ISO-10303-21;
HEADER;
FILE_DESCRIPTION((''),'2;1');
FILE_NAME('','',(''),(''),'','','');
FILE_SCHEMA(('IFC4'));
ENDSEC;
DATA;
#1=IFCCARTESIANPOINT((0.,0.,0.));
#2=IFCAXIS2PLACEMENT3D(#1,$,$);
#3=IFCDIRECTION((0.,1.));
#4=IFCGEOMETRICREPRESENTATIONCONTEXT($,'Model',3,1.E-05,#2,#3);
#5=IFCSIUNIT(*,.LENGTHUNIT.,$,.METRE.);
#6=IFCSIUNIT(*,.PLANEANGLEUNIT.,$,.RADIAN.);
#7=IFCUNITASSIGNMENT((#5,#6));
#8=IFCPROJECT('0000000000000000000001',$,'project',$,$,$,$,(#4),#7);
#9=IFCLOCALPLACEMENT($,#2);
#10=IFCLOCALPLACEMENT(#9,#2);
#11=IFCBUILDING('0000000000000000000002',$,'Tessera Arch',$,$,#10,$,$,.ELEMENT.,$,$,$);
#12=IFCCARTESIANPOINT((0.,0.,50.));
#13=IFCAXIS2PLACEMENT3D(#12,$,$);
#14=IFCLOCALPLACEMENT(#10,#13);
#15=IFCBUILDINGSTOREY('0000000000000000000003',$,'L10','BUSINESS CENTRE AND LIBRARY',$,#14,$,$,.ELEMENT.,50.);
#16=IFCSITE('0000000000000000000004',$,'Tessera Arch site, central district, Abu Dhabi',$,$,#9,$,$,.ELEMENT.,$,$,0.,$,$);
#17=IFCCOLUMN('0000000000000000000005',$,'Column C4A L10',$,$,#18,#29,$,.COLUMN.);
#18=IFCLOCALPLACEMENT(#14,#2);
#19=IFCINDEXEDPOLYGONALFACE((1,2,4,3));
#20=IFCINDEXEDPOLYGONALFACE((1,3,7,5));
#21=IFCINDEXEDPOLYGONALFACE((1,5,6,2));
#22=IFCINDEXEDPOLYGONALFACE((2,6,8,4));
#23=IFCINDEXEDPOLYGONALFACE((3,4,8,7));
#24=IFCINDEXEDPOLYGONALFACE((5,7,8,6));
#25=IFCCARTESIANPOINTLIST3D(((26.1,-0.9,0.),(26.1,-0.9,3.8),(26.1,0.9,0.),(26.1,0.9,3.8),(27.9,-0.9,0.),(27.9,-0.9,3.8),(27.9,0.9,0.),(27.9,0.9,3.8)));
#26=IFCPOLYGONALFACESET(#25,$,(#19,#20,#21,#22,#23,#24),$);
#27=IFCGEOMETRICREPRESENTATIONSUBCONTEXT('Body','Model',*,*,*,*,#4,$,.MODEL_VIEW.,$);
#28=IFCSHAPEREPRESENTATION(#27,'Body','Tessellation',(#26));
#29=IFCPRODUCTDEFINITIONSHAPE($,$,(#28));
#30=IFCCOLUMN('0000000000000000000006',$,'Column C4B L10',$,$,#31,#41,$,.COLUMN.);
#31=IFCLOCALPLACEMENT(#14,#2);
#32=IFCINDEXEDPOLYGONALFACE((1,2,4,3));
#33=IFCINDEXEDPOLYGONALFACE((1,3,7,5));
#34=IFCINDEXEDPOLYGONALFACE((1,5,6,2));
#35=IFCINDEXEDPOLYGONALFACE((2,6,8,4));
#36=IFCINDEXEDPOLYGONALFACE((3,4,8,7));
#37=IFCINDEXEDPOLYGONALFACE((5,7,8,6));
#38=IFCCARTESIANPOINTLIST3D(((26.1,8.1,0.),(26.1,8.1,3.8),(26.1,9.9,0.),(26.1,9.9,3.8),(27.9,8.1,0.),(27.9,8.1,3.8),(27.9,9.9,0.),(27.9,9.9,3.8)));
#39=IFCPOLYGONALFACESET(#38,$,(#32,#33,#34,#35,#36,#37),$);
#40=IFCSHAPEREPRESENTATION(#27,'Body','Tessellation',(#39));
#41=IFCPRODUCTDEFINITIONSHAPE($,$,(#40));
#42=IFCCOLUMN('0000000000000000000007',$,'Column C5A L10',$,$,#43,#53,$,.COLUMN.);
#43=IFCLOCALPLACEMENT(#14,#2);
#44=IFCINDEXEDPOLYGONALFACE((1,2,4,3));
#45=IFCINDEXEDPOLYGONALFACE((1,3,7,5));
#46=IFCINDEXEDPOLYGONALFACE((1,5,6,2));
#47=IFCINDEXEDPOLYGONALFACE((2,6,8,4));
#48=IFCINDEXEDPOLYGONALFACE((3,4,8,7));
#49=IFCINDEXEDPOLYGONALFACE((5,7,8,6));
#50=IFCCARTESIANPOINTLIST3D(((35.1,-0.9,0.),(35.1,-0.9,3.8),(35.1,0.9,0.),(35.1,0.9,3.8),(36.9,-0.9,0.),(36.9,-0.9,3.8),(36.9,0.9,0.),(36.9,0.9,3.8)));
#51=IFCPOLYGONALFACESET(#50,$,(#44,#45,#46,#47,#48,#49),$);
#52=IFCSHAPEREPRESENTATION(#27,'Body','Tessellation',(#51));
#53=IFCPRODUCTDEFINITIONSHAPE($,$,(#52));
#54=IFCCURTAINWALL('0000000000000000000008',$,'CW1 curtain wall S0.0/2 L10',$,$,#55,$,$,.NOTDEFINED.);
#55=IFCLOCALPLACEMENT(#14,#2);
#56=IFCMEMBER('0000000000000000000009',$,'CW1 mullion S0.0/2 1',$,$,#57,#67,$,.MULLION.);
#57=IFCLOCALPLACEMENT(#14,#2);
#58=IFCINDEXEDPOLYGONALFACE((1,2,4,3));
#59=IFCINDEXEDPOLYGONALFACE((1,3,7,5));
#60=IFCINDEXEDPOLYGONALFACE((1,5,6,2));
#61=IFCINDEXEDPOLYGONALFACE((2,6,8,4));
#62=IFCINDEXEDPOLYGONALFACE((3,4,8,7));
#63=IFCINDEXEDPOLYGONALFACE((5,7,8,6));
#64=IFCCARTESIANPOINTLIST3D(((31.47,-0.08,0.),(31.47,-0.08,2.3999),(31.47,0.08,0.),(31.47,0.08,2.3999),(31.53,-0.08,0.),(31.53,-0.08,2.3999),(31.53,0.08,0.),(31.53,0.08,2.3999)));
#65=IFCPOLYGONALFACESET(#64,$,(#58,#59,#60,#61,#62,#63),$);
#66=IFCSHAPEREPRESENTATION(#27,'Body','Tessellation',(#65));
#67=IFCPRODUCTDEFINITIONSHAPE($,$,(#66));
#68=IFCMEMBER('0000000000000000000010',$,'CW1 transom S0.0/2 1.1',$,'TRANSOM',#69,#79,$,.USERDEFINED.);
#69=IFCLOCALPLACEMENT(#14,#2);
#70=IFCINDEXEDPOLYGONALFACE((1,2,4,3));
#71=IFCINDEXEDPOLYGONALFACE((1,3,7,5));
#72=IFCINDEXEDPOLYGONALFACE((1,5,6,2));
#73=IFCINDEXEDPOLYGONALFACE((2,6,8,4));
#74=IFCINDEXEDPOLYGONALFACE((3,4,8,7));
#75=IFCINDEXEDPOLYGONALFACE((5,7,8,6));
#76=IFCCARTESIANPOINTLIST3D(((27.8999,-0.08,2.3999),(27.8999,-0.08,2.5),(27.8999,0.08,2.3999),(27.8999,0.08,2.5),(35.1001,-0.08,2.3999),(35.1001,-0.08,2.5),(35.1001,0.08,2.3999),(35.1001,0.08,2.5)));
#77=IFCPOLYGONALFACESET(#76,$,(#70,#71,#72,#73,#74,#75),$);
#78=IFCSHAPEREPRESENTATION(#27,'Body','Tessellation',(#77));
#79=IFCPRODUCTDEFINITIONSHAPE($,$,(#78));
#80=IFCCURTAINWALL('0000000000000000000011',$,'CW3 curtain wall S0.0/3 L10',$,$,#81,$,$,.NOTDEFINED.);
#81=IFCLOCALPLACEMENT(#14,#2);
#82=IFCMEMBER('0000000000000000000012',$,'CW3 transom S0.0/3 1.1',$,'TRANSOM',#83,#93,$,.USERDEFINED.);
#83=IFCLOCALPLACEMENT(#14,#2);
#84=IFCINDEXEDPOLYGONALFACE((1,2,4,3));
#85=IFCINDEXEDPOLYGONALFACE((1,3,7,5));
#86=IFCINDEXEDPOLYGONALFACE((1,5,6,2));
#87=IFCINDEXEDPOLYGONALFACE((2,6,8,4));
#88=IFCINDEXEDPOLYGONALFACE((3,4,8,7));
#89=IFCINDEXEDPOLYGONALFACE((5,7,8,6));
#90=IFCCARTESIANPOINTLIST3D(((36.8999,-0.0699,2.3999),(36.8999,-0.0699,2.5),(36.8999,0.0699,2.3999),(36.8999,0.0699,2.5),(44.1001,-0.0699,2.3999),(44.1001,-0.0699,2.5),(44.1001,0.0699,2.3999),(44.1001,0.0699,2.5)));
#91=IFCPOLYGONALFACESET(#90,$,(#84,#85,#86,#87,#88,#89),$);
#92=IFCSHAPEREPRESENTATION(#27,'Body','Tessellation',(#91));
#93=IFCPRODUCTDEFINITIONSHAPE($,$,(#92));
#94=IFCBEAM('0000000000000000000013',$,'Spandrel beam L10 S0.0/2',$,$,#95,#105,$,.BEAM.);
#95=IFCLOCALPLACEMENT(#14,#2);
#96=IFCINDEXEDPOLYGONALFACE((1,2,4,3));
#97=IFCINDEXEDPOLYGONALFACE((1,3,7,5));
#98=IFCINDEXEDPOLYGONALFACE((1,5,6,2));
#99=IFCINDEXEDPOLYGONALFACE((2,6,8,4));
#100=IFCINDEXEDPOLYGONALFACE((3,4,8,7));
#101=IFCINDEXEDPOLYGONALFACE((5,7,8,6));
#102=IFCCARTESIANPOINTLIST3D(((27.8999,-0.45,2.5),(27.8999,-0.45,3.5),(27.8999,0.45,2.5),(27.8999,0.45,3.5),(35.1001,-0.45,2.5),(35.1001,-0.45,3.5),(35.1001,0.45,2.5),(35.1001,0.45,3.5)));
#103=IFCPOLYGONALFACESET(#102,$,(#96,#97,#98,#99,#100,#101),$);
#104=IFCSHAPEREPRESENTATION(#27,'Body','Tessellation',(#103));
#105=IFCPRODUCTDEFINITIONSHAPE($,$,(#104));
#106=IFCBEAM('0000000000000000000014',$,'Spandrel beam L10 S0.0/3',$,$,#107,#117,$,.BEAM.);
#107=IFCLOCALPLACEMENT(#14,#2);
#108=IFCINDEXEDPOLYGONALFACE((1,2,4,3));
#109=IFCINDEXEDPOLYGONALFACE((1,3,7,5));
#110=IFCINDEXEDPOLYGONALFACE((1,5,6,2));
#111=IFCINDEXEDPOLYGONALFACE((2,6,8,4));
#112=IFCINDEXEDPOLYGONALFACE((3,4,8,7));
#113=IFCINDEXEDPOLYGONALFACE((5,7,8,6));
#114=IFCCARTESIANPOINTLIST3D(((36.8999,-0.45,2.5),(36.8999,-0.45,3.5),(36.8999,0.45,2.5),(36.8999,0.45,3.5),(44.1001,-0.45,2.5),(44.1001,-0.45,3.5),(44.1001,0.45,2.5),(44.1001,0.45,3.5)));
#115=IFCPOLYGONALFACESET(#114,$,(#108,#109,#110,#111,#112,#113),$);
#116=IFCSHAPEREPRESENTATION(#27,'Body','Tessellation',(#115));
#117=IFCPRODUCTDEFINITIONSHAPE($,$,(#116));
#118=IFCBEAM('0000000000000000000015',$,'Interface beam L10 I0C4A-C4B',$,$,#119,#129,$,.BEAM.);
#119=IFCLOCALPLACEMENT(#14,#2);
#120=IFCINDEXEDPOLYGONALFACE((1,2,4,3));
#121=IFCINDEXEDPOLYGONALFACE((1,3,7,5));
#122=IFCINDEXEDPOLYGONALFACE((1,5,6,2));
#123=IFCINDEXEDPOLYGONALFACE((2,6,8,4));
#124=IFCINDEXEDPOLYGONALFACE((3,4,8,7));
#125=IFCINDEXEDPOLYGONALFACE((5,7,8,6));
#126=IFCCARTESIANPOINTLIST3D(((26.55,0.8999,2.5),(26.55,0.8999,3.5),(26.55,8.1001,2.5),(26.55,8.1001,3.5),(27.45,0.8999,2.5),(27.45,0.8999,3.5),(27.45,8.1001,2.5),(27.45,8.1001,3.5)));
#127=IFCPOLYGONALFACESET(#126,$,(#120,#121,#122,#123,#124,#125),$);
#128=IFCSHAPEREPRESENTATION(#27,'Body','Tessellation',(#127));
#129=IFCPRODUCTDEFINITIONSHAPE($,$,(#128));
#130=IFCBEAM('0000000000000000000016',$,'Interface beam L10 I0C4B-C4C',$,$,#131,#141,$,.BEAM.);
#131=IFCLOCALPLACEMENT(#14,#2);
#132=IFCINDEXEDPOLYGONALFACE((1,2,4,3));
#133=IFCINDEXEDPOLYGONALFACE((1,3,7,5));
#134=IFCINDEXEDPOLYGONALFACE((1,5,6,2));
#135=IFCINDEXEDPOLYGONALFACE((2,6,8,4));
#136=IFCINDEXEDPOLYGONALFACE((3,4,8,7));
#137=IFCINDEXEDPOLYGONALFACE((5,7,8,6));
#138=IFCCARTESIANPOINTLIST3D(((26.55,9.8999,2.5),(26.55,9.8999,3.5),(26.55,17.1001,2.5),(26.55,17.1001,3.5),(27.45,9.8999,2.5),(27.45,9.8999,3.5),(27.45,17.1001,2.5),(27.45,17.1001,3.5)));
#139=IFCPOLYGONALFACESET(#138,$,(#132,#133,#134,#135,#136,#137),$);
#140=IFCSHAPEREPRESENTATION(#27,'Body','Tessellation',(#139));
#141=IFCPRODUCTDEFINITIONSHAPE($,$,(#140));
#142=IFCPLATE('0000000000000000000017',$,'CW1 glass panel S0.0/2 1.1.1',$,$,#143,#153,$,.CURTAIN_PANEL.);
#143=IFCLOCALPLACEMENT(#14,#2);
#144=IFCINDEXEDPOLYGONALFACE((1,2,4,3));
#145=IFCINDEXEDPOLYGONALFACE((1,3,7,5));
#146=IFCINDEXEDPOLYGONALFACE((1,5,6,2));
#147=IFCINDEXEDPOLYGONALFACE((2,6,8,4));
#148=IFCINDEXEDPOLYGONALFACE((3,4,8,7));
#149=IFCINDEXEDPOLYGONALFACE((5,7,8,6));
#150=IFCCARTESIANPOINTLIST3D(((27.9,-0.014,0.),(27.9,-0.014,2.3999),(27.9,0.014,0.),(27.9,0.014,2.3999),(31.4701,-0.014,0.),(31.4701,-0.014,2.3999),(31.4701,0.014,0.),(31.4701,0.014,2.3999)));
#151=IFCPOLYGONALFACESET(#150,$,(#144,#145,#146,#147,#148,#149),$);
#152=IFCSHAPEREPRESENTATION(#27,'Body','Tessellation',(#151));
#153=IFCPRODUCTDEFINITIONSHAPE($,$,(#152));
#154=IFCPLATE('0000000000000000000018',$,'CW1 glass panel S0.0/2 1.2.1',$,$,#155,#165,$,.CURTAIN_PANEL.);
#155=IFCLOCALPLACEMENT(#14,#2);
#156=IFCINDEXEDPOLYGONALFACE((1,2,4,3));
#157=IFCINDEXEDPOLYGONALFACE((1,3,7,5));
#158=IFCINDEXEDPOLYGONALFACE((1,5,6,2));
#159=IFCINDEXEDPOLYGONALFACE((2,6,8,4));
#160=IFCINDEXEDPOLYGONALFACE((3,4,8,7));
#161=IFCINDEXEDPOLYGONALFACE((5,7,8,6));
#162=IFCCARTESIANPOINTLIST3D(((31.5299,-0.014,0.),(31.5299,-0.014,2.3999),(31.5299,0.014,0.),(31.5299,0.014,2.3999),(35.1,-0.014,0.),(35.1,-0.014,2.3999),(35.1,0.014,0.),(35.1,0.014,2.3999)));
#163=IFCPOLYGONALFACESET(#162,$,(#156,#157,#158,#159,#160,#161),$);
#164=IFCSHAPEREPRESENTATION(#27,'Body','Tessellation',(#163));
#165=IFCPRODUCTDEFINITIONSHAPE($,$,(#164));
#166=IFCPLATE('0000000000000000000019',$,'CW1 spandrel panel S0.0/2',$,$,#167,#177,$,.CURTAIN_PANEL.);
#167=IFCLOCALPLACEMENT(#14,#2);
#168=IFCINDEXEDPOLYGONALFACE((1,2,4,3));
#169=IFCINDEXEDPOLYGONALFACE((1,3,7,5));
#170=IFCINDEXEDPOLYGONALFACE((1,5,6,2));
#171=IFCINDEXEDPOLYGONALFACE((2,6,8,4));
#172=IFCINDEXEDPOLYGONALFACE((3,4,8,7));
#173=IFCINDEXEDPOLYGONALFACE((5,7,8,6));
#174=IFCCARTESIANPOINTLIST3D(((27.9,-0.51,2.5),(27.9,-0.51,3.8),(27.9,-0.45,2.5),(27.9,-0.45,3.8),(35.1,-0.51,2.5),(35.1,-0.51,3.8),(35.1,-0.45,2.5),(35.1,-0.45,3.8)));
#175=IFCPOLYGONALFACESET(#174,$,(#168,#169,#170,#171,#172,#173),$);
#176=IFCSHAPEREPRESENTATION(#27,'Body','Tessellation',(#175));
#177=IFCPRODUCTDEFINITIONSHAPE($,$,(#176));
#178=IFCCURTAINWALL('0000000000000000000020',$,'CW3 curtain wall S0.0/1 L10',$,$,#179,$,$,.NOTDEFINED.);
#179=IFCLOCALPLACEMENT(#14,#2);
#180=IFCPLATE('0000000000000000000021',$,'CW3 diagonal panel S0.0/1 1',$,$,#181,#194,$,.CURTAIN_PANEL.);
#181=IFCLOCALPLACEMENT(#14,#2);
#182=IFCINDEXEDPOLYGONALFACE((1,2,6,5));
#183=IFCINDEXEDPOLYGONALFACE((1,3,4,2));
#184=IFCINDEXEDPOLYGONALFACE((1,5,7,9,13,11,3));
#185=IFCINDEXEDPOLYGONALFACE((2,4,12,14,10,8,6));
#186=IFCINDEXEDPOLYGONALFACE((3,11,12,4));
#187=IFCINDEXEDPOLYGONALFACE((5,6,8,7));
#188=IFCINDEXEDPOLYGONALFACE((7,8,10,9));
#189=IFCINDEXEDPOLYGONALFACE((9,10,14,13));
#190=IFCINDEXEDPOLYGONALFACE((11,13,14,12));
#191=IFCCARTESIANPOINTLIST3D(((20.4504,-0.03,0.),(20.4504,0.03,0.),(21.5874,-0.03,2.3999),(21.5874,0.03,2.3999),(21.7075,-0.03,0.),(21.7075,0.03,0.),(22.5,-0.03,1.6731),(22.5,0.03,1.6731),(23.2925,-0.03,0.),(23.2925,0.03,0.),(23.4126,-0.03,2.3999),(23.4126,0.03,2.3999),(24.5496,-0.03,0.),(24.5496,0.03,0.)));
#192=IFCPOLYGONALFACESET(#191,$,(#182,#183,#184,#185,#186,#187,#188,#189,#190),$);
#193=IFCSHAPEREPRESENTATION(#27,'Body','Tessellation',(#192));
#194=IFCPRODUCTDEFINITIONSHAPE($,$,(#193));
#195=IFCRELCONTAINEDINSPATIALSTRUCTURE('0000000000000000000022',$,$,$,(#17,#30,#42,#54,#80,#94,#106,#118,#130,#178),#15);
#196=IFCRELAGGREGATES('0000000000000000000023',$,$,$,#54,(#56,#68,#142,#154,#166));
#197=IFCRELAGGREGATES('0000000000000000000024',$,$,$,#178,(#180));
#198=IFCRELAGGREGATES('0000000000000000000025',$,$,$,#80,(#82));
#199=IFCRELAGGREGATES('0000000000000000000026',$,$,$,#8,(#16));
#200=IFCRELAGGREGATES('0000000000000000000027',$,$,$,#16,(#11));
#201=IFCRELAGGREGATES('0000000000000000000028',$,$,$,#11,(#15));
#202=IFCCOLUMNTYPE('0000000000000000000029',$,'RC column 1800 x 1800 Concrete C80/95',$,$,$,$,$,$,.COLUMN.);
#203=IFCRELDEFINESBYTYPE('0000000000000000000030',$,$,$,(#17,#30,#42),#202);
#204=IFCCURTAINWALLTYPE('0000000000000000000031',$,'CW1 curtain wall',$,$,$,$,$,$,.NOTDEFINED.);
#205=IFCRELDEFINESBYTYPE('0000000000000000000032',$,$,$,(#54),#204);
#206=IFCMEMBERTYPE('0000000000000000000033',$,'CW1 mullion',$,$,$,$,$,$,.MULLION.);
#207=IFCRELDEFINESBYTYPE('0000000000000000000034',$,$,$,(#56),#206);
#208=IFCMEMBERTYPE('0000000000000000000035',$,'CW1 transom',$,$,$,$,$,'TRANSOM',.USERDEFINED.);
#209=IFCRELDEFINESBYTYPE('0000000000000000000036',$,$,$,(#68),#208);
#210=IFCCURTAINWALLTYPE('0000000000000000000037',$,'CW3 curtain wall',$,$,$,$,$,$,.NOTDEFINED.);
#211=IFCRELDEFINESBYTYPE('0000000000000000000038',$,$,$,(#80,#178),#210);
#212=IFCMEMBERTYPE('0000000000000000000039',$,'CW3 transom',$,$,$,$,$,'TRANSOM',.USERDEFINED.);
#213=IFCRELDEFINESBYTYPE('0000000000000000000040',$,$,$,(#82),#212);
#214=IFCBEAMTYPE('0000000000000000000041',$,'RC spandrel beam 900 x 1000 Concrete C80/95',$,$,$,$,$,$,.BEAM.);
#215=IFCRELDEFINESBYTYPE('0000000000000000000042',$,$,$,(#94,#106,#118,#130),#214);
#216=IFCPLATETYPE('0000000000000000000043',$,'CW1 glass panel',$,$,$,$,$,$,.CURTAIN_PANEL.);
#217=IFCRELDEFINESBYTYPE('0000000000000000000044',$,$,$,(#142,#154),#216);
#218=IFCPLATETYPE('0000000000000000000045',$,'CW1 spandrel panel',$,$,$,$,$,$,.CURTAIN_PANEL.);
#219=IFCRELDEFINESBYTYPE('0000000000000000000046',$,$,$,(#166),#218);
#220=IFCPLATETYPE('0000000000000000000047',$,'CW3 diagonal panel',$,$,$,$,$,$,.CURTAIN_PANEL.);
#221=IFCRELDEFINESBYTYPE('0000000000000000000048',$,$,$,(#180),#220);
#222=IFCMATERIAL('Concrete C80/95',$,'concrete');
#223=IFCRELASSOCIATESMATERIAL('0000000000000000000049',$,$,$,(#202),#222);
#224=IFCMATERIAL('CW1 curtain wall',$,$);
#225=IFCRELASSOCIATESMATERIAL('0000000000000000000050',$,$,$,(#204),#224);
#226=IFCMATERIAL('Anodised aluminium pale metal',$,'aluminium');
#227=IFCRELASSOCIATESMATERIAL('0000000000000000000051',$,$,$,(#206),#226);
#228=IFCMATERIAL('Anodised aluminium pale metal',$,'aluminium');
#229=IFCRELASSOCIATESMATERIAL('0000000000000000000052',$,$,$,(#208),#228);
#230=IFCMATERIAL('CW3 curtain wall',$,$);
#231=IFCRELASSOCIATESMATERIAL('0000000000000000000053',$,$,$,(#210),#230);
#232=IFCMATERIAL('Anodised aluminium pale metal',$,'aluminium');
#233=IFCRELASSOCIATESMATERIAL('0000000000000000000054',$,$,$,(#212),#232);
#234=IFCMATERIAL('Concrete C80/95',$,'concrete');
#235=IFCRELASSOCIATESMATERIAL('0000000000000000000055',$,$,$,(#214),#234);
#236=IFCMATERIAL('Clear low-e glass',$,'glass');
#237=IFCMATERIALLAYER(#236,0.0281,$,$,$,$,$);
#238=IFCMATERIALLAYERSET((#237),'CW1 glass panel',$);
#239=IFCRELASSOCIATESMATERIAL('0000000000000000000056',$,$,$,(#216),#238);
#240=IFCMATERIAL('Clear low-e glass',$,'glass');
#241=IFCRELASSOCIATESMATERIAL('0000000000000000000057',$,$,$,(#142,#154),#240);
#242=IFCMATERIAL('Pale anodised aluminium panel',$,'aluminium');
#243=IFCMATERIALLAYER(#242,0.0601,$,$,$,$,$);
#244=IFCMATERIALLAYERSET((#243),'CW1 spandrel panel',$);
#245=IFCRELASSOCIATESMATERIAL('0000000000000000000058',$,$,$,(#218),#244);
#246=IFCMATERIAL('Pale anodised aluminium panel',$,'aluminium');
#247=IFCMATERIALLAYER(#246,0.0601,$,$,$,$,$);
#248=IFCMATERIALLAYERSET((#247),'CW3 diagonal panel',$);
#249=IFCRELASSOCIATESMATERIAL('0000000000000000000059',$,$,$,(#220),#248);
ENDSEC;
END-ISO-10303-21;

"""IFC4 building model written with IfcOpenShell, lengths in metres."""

from ifc_helpers import new_model, si_unit, direction, frame, origin, origin_2d, place, context, subcontext, project, spatial, polyline, rectangle, outline, extrude, material, layer, layer_set, material_profile, profile_set, type_object, element, aggregate, save


model = new_model("IFC4")

# Units and contexts
model_context = context("Model", 3, precision=1e-05, world=origin(), true_north=direction((0.0, 1.0)))
body_context = subcontext(model_context, "Body", "Model", "MODEL_VIEW")
ifc_project = project(units=[si_unit("LENGTHUNIT", "METRE"), si_unit("PLANEANGLEUNIT", "RADIAN")], contexts=[model_context])

# Site, building, storey
site_placement = place(None, origin())
site = spatial("IfcSite", under=ifc_project, at=site_placement, Name="Tessera Arch site, central district, Abu Dhabi", CompositionType="ELEMENT", RefElevation=0.0)
building_placement = place(site_placement, origin())
building = spatial("IfcBuilding", under=site, at=building_placement, Name="Tessera Arch", CompositionType="ELEMENT")
storey_placement = place(building_placement, frame((0.0, 0.0, 50.0)))
storey = spatial("IfcBuildingStorey", under=building, at=storey_placement, Name="L10", Description="BUSINESS CENTRE AND LIBRARY", CompositionType="ELEMENT", Elevation=50.0)

# Columns
ifc_material_1 = material(Name="Concrete C80/95", Category="concrete")
ifc_material_profile_1 = material_profile(ifc_material_1, rectangle(XDim=1.8, YDim=1.8, at=origin_2d()), Name="RC column 1800 x 1800 Concrete C80/95")
ifc_profile_set_1 = profile_set([ifc_material_profile_1], Name="Concrete C80/95")
column_type = type_object("IfcColumnType", Name="RC column 1800 x 1800 Concrete C80/95", PredefinedType="COLUMN", material=ifc_profile_set_1)
for number, where, z_axis, x_axis, name in (
    (1, (27.0, 0.0, 0.0), (0.0, 0.0, 1.0), (1.0, 0.0, 0.0), "Column C4A L10"),
    (2, (27.0, 9.0, 0.0), (0.0, 0.0, 1.0), (1.0, 0.0, 0.0), "Column C4B L10"),
    (3, (36.0, 0.0, 0.0), (0.0, 0.0, 1.0), (1.0, 0.0, 0.0), "Column C5A L10"),
):
    element("IfcColumn", number, at=place(storey_placement, frame(where, z_axis=z_axis, x_axis=x_axis)), inside=storey, type_object=column_type, Name=name, PredefinedType="COLUMN", context=body_context, shape_type="SweptSolid", body=[
        extrude(rectangle(XDim=1.8, YDim=1.8, at=origin_2d()), origin(), (0.0, 0.0, 1.0), 3.8),
    ])

# Curtain wall, members
ifc_material_2 = material(Name="CW1 curtain wall")
curtain_wall_type_1 = type_object("IfcCurtainWallType", Name="CW1 curtain wall", PredefinedType="NOTDEFINED", material=ifc_material_2)
curtain_wall_1_placement = place(storey_placement, origin())
curtain_wall_1 = element("IfcCurtainWall", 4, at=curtain_wall_1_placement, inside=storey, type_object=curtain_wall_type_1, Name="CW1 curtain wall S0.0/2 L10", PredefinedType="NOTDEFINED")
ifc_material_3 = material(Name="Anodised aluminium pale metal", Category="aluminium")
ifc_material_profile_2 = material_profile(ifc_material_3, rectangle(XDim=0.1599, YDim=0.0601, at=origin_2d()), Name="AL 60x160")
ifc_profile_set_2 = profile_set([ifc_material_profile_2], Name="Anodised aluminium pale metal")
member_type_1 = type_object("IfcMemberType", Name="CW1 mullion", PredefinedType="MULLION", material=ifc_profile_set_2)
member_1_placement = place(storey_placement, frame((31.5, 0.0, 0.0), z_axis=(0.0, 0.0, 1.0), x_axis=(0.0, 1.0, 0.0)))
member_1 = element("IfcMember", 5, at=member_1_placement, type_object=member_type_1, Name="CW1 mullion S0.0/2 1", PredefinedType="MULLION", context=body_context, shape_type="SweptSolid", body=[
    extrude(rectangle(XDim=0.1599, YDim=0.0601, at=origin_2d()), origin(), (0.0, 0.0, 1.0), 2.3999),
])
ifc_material_4 = material(Name="Anodised aluminium pale metal", Category="aluminium")
ifc_material_profile_3 = material_profile(ifc_material_4, rectangle(XDim=0.1599, YDim=0.1001, at=origin_2d()), Name="AL 160x100")
ifc_profile_set_3 = profile_set([ifc_material_profile_3], Name="Anodised aluminium pale metal")
member_type_2 = type_object("IfcMemberType", Name="CW1 transom", ElementType="TRANSOM", PredefinedType="USERDEFINED", material=ifc_profile_set_3)
member_2_placement = place(storey_placement, frame((27.8999, 0.0, 2.45), z_axis=(1.0, 0.0, 0.0), x_axis=(0.0, 1.0, 0.0)))
member_2 = element("IfcMember", 6, at=member_2_placement, type_object=member_type_2, Name="CW1 transom S0.0/2 1.1", ObjectType="TRANSOM", PredefinedType="USERDEFINED", context=body_context, shape_type="SweptSolid", body=[
    extrude(rectangle(XDim=0.1599, YDim=0.1001, at=origin_2d()), origin(), (0.0, 0.0, 1.0), 7.2002),
])

# Curtain wall, member
ifc_material_5 = material(Name="CW3 curtain wall")
curtain_wall_type_2 = type_object("IfcCurtainWallType", Name="CW3 curtain wall", PredefinedType="NOTDEFINED", material=ifc_material_5)
curtain_wall_2_placement = place(storey_placement, origin())
curtain_wall_2 = element("IfcCurtainWall", 7, at=curtain_wall_2_placement, inside=storey, type_object=curtain_wall_type_2, Name="CW3 curtain wall S0.0/3 L10", PredefinedType="NOTDEFINED")
ifc_material_6 = material(Name="Anodised aluminium pale metal", Category="aluminium")
ifc_material_profile_4 = material_profile(ifc_material_6, rectangle(XDim=0.1399, YDim=0.1001, at=origin_2d()), Name="AL 140x100")
ifc_profile_set_4 = profile_set([ifc_material_profile_4], Name="Anodised aluminium pale metal")
member_type_3 = type_object("IfcMemberType", Name="CW3 transom", ElementType="TRANSOM", PredefinedType="USERDEFINED", material=ifc_profile_set_4)
member_3_placement = place(storey_placement, frame((36.8999, 0.0, 2.45), z_axis=(1.0, 0.0, 0.0), x_axis=(0.0, 1.0, 0.0)))
member_3 = element("IfcMember", 8, at=member_3_placement, type_object=member_type_3, Name="CW3 transom S0.0/3 1.1", ObjectType="TRANSOM", PredefinedType="USERDEFINED", context=body_context, shape_type="SweptSolid", body=[
    extrude(rectangle(XDim=0.1399, YDim=0.1001, at=origin_2d()), origin(), (0.0, 0.0, 1.0), 7.2002),
])

# Beams
ifc_material_7 = material(Name="Concrete C80/95", Category="concrete")
ifc_material_profile_5 = material_profile(ifc_material_7, rectangle(XDim=0.8999, YDim=1.0, at=origin_2d()), Name="RC spandrel beam 900 x 1000 Concrete C80/95")
ifc_profile_set_5 = profile_set([ifc_material_profile_5], Name="Concrete C80/95")
beam_type = type_object("IfcBeamType", Name="RC spandrel beam 900 x 1000 Concrete C80/95", PredefinedType="BEAM", material=ifc_profile_set_5)
for number, where, z_axis, x_axis, name in (
    (9, (27.8999, 0.0, 3.0), (1.0, 0.0, 0.0), (0.0, 1.0, 0.0), "Spandrel beam L10 S0.0/2"),
    (10, (36.8999, 0.0, 3.0), (1.0, 0.0, 0.0), (0.0, 1.0, 0.0), "Spandrel beam L10 S0.0/3"),
    (11, (27.0, 0.8999, 3.0), (0.0, 1.0, 0.0), (-1.0, 0.0, 0.0), "Interface beam L10 I0C4A-C4B"),
    (12, (27.0, 9.8999, 3.0), (0.0, 1.0, 0.0), (-1.0, 0.0, 0.0), "Interface beam L10 I0C4B-C4C"),
):
    element("IfcBeam", number, at=place(storey_placement, frame(where, z_axis=z_axis, x_axis=x_axis)), inside=storey, type_object=beam_type, Name=name, PredefinedType="BEAM", context=body_context, shape_type="SweptSolid", body=[
        extrude(rectangle(XDim=0.8999, YDim=1.0, at=origin_2d()), origin(), (0.0, 0.0, 1.0), 7.2002),
    ])

# Plates
ifc_material_8 = material(Name="Clear low-e glass", Category="glass")
ifc_material_9 = material(Name="Clear low-e glass", Category="glass")
ifc_layer_1 = layer(ifc_material_9, 0.0281)
ifc_layer_set_1 = layer_set([ifc_layer_1], Name="CW1 glass panel")
plate_type_1 = type_object("IfcPlateType", Name="CW1 glass panel", PredefinedType="CURTAIN_PANEL", material=ifc_layer_set_1)
plate_1_placement = place(storey_placement, frame((29.6851, 0.0, 0.0), z_axis=(0.0, 0.0, 1.0), x_axis=(1.0, 0.0, 0.0)))
plate_1 = element("IfcPlate", 13, at=plate_1_placement, type_object=plate_type_1, material=ifc_material_8, Name="CW1 glass panel S0.0/2 1.1.1", PredefinedType="CURTAIN_PANEL", context=body_context, shape_type="SweptSolid", body=[
    extrude(rectangle(XDim=3.5701, YDim=0.0281, at=origin_2d()), origin(), (0.0, 0.0, 1.0), 2.3999),
])
plate_2_placement = place(storey_placement, frame((33.3149, 0.0, 0.0), z_axis=(0.0, 0.0, 1.0), x_axis=(1.0, 0.0, 0.0)))
plate_2 = element("IfcPlate", 14, at=plate_2_placement, type_object=plate_type_1, material=ifc_material_8, Name="CW1 glass panel S0.0/2 1.2.1", PredefinedType="CURTAIN_PANEL", context=body_context, shape_type="SweptSolid", body=[
    extrude(rectangle(XDim=3.5701, YDim=0.0281, at=origin_2d()), origin(), (0.0, 0.0, 1.0), 2.3999),
])
ifc_material_10 = material(Name="Pale anodised aluminium panel", Category="aluminium")
ifc_layer_2 = layer(ifc_material_10, 0.0601)
ifc_layer_set_2 = layer_set([ifc_layer_2], Name="CW1 spandrel panel")
plate_type_2 = type_object("IfcPlateType", Name="CW1 spandrel panel", PredefinedType="CURTAIN_PANEL", material=ifc_layer_set_2)
plate_3_placement = place(storey_placement, frame((31.5, -0.48, 2.5), z_axis=(0.0, 0.0, 1.0), x_axis=(1.0, 0.0, 0.0)))
plate_3 = element("IfcPlate", 15, at=plate_3_placement, type_object=plate_type_2, Name="CW1 spandrel panel S0.0/2", PredefinedType="CURTAIN_PANEL", context=body_context, shape_type="SweptSolid", body=[
    extrude(rectangle(XDim=7.2, YDim=0.0601, at=origin_2d()), origin(), (0.0, 0.0, 1.0), 1.3),
])
aggregate(curtain_wall_1, [member_1, member_2, plate_1, plate_2, plate_3])

# Curtain wall, plate
curtain_wall_3_placement = place(storey_placement, origin())
curtain_wall_3 = element("IfcCurtainWall", 16, at=curtain_wall_3_placement, inside=storey, type_object=curtain_wall_type_2, Name="CW3 curtain wall S0.0/1 L10", PredefinedType="NOTDEFINED")
ifc_material_11 = material(Name="Pale anodised aluminium panel", Category="aluminium")
ifc_layer_3 = layer(ifc_material_11, 0.0601)
ifc_layer_set_3 = layer_set([ifc_layer_3], Name="CW3 diagonal panel")
plate_type_3 = type_object("IfcPlateType", Name="CW3 diagonal panel", PredefinedType="CURTAIN_PANEL", material=ifc_layer_set_3)
plate_4_placement = place(storey_placement, frame((23.4126, -0.03, 2.3999), z_axis=(0.0, -1.0, 0.0), x_axis=(-1.0, 0.0, 0.0)))
plate_4 = element("IfcPlate", 17, at=plate_4_placement, type_object=plate_type_3, Name="CW3 diagonal panel S0.0/1 1", PredefinedType="CURTAIN_PANEL", context=body_context, shape_type="SweptSolid", body=[
    extrude(outline(polyline([(0.0, 0.0), (1.8252, 0.0), (2.9622, 2.3999), (1.7051, 2.3999), (0.9126, 0.7268), (0.1201, 2.3999), (-1.137, 2.3999), (0.0, 0.0)])), origin(), (0.0, 0.0, -1.0), 0.0601),
])
aggregate(curtain_wall_3, [plate_4])

aggregate(curtain_wall_2, [member_3])

save(model, "model.ifc")
